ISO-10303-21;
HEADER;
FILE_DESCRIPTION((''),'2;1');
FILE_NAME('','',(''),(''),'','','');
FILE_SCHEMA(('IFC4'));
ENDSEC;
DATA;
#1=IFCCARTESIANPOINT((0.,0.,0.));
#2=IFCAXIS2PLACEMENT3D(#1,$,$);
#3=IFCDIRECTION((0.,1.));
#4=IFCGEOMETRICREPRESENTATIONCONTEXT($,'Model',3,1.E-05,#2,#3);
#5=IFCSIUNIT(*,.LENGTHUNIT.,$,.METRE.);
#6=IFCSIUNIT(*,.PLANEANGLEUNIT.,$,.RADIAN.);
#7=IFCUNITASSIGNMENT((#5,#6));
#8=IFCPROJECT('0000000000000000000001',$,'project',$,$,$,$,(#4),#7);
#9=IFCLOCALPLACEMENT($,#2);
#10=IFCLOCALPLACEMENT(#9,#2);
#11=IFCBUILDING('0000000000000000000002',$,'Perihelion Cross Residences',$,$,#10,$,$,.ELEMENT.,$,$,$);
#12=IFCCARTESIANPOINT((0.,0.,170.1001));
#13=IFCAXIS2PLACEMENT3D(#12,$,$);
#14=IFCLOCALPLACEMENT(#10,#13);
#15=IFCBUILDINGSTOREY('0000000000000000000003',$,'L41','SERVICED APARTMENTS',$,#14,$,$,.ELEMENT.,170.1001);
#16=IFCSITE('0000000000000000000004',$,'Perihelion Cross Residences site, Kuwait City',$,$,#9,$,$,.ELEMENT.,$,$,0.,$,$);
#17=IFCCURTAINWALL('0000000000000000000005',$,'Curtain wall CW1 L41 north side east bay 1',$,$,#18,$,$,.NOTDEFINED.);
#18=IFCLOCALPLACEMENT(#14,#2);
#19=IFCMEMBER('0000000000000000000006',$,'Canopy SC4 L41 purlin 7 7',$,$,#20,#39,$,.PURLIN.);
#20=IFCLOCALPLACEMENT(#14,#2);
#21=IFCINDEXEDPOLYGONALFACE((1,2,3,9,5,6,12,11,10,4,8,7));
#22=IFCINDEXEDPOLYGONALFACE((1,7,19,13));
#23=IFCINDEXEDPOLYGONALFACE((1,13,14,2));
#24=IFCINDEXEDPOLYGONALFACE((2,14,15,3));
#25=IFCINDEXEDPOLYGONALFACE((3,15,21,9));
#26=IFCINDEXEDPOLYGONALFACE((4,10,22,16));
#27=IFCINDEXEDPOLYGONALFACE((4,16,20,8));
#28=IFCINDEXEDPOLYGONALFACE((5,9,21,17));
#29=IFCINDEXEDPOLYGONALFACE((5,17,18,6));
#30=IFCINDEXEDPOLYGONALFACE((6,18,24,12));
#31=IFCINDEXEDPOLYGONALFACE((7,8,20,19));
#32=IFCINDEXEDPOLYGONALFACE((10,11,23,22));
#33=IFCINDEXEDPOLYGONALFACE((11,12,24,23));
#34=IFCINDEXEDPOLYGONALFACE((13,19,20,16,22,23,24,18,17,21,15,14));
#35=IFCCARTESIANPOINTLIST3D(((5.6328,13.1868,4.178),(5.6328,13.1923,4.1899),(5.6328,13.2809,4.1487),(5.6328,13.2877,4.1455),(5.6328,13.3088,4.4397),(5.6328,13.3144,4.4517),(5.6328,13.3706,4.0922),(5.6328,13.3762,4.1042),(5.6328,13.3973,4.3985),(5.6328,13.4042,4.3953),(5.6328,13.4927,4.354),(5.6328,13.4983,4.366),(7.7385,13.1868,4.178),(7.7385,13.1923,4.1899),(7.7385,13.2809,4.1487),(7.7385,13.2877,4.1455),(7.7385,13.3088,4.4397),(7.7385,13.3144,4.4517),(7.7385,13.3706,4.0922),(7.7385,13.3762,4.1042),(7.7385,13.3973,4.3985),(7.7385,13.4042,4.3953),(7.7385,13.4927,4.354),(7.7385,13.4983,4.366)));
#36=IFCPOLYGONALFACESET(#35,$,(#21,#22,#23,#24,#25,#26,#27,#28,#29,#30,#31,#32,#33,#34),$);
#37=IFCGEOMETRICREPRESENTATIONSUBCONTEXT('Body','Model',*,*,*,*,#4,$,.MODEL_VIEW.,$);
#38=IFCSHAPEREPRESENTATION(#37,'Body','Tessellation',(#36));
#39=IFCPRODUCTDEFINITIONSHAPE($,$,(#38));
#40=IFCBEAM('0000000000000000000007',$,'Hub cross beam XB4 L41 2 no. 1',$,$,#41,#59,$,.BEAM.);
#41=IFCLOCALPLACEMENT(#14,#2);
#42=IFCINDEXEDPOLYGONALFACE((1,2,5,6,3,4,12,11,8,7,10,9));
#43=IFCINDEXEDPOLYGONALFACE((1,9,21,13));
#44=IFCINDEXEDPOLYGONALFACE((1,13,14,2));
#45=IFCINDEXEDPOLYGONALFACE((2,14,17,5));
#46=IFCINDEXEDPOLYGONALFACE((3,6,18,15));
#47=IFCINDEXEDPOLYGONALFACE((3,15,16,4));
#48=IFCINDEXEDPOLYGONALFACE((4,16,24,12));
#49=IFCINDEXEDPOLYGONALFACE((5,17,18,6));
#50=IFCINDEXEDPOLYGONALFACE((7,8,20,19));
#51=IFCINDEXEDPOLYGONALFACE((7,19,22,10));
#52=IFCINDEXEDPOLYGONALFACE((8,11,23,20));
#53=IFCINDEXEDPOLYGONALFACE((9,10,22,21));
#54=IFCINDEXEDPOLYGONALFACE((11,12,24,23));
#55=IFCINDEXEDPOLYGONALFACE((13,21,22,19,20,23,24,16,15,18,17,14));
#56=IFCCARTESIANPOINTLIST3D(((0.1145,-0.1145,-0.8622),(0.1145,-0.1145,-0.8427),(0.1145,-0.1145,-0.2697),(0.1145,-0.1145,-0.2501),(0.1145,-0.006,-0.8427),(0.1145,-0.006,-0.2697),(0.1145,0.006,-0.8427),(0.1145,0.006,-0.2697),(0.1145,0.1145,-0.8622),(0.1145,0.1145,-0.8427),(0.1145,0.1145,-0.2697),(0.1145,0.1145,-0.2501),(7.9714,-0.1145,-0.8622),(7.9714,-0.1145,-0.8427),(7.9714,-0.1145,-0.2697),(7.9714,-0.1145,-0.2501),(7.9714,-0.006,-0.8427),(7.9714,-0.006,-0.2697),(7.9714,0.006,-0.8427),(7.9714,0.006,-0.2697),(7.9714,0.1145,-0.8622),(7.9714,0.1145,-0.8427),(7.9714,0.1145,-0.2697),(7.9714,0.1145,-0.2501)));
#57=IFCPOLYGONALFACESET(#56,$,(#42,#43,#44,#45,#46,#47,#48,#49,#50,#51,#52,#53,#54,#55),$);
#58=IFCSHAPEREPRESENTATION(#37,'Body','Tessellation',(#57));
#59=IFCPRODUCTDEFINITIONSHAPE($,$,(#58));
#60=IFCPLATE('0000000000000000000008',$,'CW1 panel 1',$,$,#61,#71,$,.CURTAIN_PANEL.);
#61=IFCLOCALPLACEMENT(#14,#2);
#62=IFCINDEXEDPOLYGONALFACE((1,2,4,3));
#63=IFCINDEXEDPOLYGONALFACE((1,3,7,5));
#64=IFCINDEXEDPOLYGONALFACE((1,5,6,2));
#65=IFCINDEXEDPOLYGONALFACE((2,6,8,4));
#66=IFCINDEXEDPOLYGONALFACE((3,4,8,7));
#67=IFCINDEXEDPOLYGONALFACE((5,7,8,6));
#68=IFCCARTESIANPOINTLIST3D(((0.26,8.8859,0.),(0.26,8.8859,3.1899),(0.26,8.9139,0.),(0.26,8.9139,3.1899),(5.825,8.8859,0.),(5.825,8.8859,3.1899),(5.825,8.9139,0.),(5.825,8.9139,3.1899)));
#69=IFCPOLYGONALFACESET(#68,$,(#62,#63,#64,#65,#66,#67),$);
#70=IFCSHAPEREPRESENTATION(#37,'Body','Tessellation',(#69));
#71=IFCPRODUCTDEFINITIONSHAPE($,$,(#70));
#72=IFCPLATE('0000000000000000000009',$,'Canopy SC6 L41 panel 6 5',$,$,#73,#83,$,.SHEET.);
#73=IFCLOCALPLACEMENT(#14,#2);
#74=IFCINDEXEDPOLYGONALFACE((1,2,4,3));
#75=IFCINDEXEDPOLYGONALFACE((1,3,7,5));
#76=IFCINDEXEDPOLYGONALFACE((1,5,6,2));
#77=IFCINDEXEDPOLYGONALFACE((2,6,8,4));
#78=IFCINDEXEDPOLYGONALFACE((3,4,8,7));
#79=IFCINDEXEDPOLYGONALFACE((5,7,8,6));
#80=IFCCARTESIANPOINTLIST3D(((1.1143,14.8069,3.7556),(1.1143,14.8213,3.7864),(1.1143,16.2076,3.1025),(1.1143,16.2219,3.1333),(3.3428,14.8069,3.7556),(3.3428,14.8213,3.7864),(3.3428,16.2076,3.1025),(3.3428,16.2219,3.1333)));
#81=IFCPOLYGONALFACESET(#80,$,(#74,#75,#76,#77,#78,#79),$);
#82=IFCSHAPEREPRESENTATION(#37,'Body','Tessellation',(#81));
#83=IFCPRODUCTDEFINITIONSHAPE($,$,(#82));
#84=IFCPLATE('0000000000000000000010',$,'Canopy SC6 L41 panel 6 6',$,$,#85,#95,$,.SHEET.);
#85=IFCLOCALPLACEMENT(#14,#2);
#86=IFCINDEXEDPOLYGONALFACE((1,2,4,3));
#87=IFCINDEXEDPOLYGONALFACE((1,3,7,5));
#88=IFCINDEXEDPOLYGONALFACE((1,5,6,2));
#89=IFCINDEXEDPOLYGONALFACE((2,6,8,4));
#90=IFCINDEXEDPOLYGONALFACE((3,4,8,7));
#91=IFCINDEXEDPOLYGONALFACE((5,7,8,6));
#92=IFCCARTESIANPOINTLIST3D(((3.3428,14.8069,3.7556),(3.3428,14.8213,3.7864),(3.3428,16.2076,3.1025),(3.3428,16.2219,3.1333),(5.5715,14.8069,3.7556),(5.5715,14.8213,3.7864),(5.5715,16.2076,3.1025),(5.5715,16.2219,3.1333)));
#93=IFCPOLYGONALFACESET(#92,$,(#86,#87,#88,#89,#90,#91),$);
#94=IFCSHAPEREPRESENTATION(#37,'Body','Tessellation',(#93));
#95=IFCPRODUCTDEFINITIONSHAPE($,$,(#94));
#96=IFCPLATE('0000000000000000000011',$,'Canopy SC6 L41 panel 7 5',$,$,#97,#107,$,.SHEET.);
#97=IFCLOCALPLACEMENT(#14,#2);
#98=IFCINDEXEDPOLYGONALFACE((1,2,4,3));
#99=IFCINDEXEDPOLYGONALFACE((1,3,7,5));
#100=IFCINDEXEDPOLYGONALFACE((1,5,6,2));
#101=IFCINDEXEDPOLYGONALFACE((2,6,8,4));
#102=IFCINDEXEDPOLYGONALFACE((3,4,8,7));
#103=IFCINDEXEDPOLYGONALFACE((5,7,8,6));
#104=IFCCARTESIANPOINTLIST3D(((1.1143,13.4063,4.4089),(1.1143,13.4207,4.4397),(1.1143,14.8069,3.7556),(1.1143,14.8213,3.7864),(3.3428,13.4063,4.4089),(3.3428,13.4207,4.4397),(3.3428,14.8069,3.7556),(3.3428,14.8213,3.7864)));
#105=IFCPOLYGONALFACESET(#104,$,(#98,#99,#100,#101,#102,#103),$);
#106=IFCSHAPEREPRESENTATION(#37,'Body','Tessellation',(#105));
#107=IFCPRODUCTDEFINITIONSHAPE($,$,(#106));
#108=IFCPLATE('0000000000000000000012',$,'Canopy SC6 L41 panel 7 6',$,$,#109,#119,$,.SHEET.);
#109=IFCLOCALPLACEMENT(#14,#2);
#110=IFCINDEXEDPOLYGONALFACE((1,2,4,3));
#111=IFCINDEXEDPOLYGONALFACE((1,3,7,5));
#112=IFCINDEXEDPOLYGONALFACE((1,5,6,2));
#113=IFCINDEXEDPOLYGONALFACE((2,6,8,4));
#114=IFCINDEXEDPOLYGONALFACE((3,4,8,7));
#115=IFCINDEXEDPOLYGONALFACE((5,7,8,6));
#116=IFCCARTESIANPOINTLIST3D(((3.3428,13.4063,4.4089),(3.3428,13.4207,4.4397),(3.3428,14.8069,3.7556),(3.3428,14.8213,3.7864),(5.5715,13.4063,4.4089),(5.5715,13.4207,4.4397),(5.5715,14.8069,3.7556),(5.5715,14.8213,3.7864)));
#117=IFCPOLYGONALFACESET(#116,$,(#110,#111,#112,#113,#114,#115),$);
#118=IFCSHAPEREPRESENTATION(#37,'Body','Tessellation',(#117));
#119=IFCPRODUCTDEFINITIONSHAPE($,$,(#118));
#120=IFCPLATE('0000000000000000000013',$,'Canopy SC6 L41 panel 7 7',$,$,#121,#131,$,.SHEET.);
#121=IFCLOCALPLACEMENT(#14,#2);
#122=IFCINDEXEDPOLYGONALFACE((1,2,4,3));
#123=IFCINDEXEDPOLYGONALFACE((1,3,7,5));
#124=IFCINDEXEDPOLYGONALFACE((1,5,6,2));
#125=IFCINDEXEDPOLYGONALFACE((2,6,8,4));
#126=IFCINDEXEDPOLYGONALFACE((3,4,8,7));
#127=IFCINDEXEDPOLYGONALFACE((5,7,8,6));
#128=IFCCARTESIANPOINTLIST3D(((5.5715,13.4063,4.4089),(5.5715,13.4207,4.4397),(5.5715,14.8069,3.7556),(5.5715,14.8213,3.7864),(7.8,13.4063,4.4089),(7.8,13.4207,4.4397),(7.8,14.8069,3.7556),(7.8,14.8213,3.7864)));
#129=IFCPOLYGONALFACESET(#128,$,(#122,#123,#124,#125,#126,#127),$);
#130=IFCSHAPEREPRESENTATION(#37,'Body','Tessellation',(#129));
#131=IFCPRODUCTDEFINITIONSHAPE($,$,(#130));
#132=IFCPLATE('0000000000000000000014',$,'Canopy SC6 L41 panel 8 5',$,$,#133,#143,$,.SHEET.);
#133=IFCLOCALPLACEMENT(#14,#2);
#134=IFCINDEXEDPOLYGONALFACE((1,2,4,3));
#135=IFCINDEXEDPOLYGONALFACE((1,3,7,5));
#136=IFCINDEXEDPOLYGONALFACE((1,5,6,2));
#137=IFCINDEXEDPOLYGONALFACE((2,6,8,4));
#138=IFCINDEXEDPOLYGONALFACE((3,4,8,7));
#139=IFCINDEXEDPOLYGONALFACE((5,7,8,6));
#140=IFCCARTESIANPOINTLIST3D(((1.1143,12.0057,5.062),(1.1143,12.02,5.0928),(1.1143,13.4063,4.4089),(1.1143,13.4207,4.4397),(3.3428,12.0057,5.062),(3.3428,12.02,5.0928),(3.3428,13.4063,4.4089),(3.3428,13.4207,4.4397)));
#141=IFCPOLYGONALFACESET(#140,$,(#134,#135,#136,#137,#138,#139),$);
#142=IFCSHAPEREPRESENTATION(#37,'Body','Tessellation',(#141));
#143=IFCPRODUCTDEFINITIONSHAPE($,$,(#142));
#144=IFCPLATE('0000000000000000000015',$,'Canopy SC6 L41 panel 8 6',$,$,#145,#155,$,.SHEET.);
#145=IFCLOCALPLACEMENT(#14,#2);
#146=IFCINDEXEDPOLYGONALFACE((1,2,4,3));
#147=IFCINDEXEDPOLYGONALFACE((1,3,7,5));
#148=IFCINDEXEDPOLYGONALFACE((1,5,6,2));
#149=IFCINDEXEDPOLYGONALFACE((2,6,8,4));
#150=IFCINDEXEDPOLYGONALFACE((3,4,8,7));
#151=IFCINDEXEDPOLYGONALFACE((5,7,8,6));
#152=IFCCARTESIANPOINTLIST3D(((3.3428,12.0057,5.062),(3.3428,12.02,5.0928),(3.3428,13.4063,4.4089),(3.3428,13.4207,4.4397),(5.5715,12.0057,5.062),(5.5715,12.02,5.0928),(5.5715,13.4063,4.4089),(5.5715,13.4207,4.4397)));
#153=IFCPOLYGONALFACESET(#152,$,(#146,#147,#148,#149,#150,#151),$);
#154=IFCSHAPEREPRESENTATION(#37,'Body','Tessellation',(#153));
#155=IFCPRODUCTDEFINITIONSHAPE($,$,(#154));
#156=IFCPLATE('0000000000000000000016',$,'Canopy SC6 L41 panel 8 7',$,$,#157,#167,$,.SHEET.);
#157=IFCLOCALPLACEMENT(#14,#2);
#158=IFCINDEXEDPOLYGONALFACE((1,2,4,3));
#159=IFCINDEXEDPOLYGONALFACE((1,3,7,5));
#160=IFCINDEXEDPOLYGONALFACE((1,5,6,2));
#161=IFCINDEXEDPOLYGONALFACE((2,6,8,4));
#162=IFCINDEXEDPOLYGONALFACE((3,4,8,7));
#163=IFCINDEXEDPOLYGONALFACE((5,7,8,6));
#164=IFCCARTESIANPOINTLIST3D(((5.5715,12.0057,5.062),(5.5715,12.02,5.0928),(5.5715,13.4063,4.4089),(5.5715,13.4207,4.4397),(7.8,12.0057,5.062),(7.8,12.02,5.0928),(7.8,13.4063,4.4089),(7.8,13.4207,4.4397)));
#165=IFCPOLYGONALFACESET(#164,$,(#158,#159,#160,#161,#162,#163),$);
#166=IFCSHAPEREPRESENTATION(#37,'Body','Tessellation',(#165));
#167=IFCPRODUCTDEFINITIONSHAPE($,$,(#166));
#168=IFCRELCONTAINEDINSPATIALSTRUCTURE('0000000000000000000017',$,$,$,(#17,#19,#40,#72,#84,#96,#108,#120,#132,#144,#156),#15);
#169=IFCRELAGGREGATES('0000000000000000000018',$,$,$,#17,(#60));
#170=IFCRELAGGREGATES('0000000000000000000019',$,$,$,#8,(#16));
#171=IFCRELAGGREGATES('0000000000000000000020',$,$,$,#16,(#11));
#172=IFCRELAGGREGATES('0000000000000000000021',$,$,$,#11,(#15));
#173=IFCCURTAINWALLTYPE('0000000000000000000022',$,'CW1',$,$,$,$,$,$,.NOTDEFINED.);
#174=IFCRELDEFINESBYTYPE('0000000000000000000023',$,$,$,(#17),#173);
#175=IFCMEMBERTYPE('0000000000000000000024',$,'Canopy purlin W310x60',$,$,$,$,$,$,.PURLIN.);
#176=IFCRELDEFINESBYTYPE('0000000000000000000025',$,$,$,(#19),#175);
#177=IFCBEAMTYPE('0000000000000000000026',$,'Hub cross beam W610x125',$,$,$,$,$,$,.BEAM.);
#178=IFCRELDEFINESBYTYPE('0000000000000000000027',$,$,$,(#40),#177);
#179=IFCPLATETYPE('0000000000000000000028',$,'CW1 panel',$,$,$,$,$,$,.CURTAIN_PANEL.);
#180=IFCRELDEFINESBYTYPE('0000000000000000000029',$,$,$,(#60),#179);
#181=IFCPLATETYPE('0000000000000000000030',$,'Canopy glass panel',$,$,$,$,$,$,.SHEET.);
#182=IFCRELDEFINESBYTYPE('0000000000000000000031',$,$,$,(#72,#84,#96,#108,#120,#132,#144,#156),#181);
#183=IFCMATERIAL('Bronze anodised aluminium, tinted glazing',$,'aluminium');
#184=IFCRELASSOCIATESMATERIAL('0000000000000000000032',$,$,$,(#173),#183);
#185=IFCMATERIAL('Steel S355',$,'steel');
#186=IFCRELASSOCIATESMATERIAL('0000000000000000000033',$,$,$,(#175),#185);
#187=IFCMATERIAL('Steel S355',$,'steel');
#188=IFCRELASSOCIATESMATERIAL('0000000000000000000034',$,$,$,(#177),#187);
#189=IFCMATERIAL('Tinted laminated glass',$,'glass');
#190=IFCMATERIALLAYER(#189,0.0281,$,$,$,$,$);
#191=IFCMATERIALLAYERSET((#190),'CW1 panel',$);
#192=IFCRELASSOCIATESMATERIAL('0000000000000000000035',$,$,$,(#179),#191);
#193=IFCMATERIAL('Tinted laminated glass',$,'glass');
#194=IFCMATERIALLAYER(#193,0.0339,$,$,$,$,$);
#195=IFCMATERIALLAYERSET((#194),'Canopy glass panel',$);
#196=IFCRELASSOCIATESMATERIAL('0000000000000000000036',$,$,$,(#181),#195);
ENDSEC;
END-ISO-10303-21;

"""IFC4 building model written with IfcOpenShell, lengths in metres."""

from ifc_helpers import new_model, si_unit, direction, frame, origin, origin_2d, place, context, subcontext, project, spatial, polyline, rectangle, i_section, outline, extrude, material, layer, layer_set, material_profile, profile_set, type_object, element, aggregate, save


model = new_model("IFC4")

# Units and contexts
model_context = context("Model", 3, precision=1e-05, world=origin(), true_north=direction((0.0, 1.0)))
body_context = subcontext(model_context, "Body", "Model", "MODEL_VIEW")
ifc_project = project(units=[si_unit("LENGTHUNIT", "METRE"), si_unit("PLANEANGLEUNIT", "RADIAN")], contexts=[model_context])

# Site, building, storey
site_placement = place(None, origin())
site = spatial("IfcSite", under=ifc_project, at=site_placement, Name="Perihelion Cross Residences site, Kuwait City", CompositionType="ELEMENT", RefElevation=0.0)
building_placement = place(site_placement, origin())
building = spatial("IfcBuilding", under=site, at=building_placement, Name="Perihelion Cross Residences", CompositionType="ELEMENT")
storey_placement = place(building_placement, frame((0.0, 0.0, 170.1001)))
storey = spatial("IfcBuildingStorey", under=building, at=storey_placement, Name="L41", Description="SERVICED APARTMENTS", CompositionType="ELEMENT", Elevation=170.1001)

# Curtain wall
ifc_material_1 = material(Name="Bronze anodised aluminium, tinted glazing", Category="aluminium")
curtain_wall_type = type_object("IfcCurtainWallType", Name="CW1", PredefinedType="NOTDEFINED", material=ifc_material_1)
curtain_wall_placement = place(storey_placement, origin())
curtain_wall = element("IfcCurtainWall", 1, at=curtain_wall_placement, inside=storey, type_object=curtain_wall_type, Name="Curtain wall CW1 L41 north side east bay 1", PredefinedType="NOTDEFINED")

# Member
ifc_material_2 = material(Name="Steel S355", Category="steel")
ifc_material_profile_1 = material_profile(ifc_material_2, i_section(OverallWidth=0.2029, OverallDepth=0.302, WebThickness=0.0076, FlangeThickness=0.0132, at=origin_2d()), Name="W310x60")
ifc_profile_set_1 = profile_set([ifc_material_profile_1], Name="Steel S355")
member_type_1 = type_object("IfcMemberType", Name="Canopy purlin W310x60", PredefinedType="PURLIN", material=ifc_profile_set_1)
for number, where, z_axis, x_axis, name in (
    (2, (5.6328, 13.3425, 4.272), (1.0, 0.0, 0.0), (0.0, 0.906308, -0.422618), "Canopy SC4 L41 purlin 7 7"),
):
    element("IfcMember", number, at=place(storey_placement, frame(where, z_axis=z_axis, x_axis=x_axis)), inside=storey, type_object=member_type_1, Name=name, PredefinedType="PURLIN", context=body_context, shape_type="SweptSolid", body=[
        extrude(i_section(OverallWidth=0.2029, OverallDepth=0.302, WebThickness=0.0076, FlangeThickness=0.0132, at=origin_2d()), origin(), (0.0, 0.0, 1.0), 2.1057),
    ])

# Beam
ifc_material_3 = material(Name="Steel S355", Category="steel")
ifc_material_profile_2 = material_profile(ifc_material_3, i_section(OverallWidth=0.229, OverallDepth=0.6121, WebThickness=0.012, FlangeThickness=0.0195, at=origin_2d()), Name="W610x125")
ifc_profile_set_2 = profile_set([ifc_material_profile_2], Name="Steel S355")
beam_type = type_object("IfcBeamType", Name="Hub cross beam W610x125", PredefinedType="BEAM", material=ifc_profile_set_2)
beam_placement = place(storey_placement, frame((0.1145, 0.0, -0.5562), z_axis=(1.0, 0.0, 0.0), x_axis=(0.0, 1.0, 0.0)))
element("IfcBeam", 3, at=beam_placement, inside=storey, type_object=beam_type, Name="Hub cross beam XB4 L41 2 no. 1", PredefinedType="BEAM", context=body_context, shape_type="SweptSolid", body=[
    extrude(i_section(OverallWidth=0.229, OverallDepth=0.6121, WebThickness=0.012, FlangeThickness=0.0195, at=origin_2d()), origin(), (0.0, 0.0, 1.0), 7.8569),
])

# Plate
ifc_material_4 = material(Name="Tinted laminated glass", Category="glass")
ifc_layer_1 = layer(ifc_material_4, 0.0281)
ifc_layer_set_1 = layer_set([ifc_layer_1], Name="CW1 panel")
plate_type_1 = type_object("IfcPlateType", Name="CW1 panel", PredefinedType="CURTAIN_PANEL", material=ifc_layer_set_1)
plate_1_placement = place(storey_placement, frame((3.0425, 8.8999, 0.0), z_axis=(0.0, 0.0, 1.0), x_axis=(-1.0, 0.0, 0.0)))
plate_1 = element("IfcPlate", 4, at=plate_1_placement, type_object=plate_type_1, Name="CW1 panel 1", PredefinedType="CURTAIN_PANEL", context=body_context, shape_type="SweptSolid", body=[
    extrude(rectangle(XDim=5.5649, YDim=0.0281, at=origin_2d()), origin(), (0.0, 0.0, 1.0), 3.1899),
])
aggregate(curtain_wall, [plate_1])

# Plates
ifc_material_5 = material(Name="Tinted laminated glass", Category="glass")
ifc_layer_2 = layer(ifc_material_5, 0.0339)
ifc_layer_set_2 = layer_set([ifc_layer_2], Name="Canopy glass panel")
plate_type_2 = type_object("IfcPlateType", Name="Canopy glass panel", PredefinedType="SHEET", material=ifc_layer_set_2)
plate_2_placement = place(storey_placement, frame((1.1143, 16.2219, 3.1333), z_axis=(0.0, 0.422591, 0.90632), x_axis=(1.0, 0.0, 0.0)))
element("IfcPlate", 5, at=plate_2_placement, inside=storey, type_object=plate_type_2, Name="Canopy SC6 L41 panel 6 5", PredefinedType="SHEET", context=body_context, shape_type="SweptSolid", body=[
    extrude(outline(polyline([(0.0, 0.0), (2.2285, 0.0), (2.2285, -1.5454), (0.0, -1.5454), (0.0, 0.0)])), origin(), (0.0, 0.0, -1.0), 0.0339),
])
plate_3_placement = place(storey_placement, frame((3.3428, 16.2219, 3.1333), z_axis=(0.0, 0.422591, 0.90632), x_axis=(1.0, 0.0, 0.0)))
element("IfcPlate", 6, at=plate_3_placement, inside=storey, type_object=plate_type_2, Name="Canopy SC6 L41 panel 6 6", PredefinedType="SHEET", context=body_context, shape_type="SweptSolid", body=[
    extrude(outline(polyline([(0.0, 0.0), (2.2288, 0.0), (2.2288, -1.5454), (0.0, -1.5454), (0.0, 0.0)])), origin(), (0.0, 0.0, -1.0), 0.0339),
])
plate_4_placement = place(storey_placement, frame((1.1143, 14.8213, 3.7864), z_axis=(0.0, 0.422721, 0.90626), x_axis=(1.0, 0.0, 0.0)))
element("IfcPlate", 7, at=plate_4_placement, inside=storey, type_object=plate_type_2, Name="Canopy SC6 L41 panel 7 5", PredefinedType="SHEET", context=body_context, shape_type="SweptSolid", body=[
    extrude(outline(polyline([(0.0, 0.0), (2.2285, 0.0), (2.2285, -1.5455), (0.0, -1.5455), (0.0, 0.0)])), origin(), (0.0, 0.0, -1.0), 0.0339),
])
plate_5_placement = place(storey_placement, frame((3.3428, 14.8213, 3.7864), z_axis=(0.0, 0.422721, 0.90626), x_axis=(1.0, 0.0, 0.0)))
element("IfcPlate", 8, at=plate_5_placement, inside=storey, type_object=plate_type_2, Name="Canopy SC6 L41 panel 7 6", PredefinedType="SHEET", context=body_context, shape_type="SweptSolid", body=[
    extrude(outline(polyline([(0.0, 0.0), (2.2288, 0.0), (2.2288, -1.5455), (0.0, -1.5455), (0.0, 0.0)])), origin(), (0.0, 0.0, -1.0), 0.0339),
])
plate_6_placement = place(storey_placement, frame((5.5715, 14.8213, 3.7864), z_axis=(0.0, 0.422721, 0.90626), x_axis=(1.0, 0.0, 0.0)))
element("IfcPlate", 9, at=plate_6_placement, inside=storey, type_object=plate_type_2, Name="Canopy SC6 L41 panel 7 7", PredefinedType="SHEET", context=body_context, shape_type="SweptSolid", body=[
    extrude(outline(polyline([(0.0, 0.0), (2.2285, 0.0), (2.2285, -1.5455), (0.0, -1.5455), (0.0, 0.0)])), origin(), (0.0, 0.0, -1.0), 0.0339),
])
plate_7_placement = place(storey_placement, frame((1.1143, 13.4207, 4.4397), z_axis=(0.0, 0.422591, 0.90632), x_axis=(1.0, 0.0, 0.0)))
element("IfcPlate", 10, at=plate_7_placement, inside=storey, type_object=plate_type_2, Name="Canopy SC6 L41 panel 8 5", PredefinedType="SHEET", context=body_context, shape_type="SweptSolid", body=[
    extrude(outline(polyline([(0.0, 0.0), (2.2285, 0.0), (2.2285, -1.5454), (0.0, -1.5454), (0.0, 0.0)])), origin(), (0.0, 0.0, -1.0), 0.0339),
])
plate_8_placement = place(storey_placement, frame((3.3428, 13.4207, 4.4397), z_axis=(0.0, 0.422591, 0.90632), x_axis=(1.0, 0.0, 0.0)))
element("IfcPlate", 11, at=plate_8_placement, inside=storey, type_object=plate_type_2, Name="Canopy SC6 L41 panel 8 6", PredefinedType="SHEET", context=body_context, shape_type="SweptSolid", body=[
    extrude(outline(polyline([(0.0, 0.0), (2.2288, 0.0), (2.2288, -1.5454), (0.0, -1.5454), (0.0, 0.0)])), origin(), (0.0, 0.0, -1.0), 0.0339),
])
plate_9_placement = place(storey_placement, frame((5.5715, 13.4207, 4.4397), z_axis=(0.0, 0.422591, 0.90632), x_axis=(1.0, 0.0, 0.0)))
element("IfcPlate", 12, at=plate_9_placement, inside=storey, type_object=plate_type_2, Name="Canopy SC6 L41 panel 8 7", PredefinedType="SHEET", context=body_context, shape_type="SweptSolid", body=[
    extrude(outline(polyline([(0.0, 0.0), (2.2285, 0.0), (2.2285, -1.5454), (0.0, -1.5454), (0.0, 0.0)])), origin(), (0.0, 0.0, -1.0), 0.0339),
])

save(model, "model.ifc")
